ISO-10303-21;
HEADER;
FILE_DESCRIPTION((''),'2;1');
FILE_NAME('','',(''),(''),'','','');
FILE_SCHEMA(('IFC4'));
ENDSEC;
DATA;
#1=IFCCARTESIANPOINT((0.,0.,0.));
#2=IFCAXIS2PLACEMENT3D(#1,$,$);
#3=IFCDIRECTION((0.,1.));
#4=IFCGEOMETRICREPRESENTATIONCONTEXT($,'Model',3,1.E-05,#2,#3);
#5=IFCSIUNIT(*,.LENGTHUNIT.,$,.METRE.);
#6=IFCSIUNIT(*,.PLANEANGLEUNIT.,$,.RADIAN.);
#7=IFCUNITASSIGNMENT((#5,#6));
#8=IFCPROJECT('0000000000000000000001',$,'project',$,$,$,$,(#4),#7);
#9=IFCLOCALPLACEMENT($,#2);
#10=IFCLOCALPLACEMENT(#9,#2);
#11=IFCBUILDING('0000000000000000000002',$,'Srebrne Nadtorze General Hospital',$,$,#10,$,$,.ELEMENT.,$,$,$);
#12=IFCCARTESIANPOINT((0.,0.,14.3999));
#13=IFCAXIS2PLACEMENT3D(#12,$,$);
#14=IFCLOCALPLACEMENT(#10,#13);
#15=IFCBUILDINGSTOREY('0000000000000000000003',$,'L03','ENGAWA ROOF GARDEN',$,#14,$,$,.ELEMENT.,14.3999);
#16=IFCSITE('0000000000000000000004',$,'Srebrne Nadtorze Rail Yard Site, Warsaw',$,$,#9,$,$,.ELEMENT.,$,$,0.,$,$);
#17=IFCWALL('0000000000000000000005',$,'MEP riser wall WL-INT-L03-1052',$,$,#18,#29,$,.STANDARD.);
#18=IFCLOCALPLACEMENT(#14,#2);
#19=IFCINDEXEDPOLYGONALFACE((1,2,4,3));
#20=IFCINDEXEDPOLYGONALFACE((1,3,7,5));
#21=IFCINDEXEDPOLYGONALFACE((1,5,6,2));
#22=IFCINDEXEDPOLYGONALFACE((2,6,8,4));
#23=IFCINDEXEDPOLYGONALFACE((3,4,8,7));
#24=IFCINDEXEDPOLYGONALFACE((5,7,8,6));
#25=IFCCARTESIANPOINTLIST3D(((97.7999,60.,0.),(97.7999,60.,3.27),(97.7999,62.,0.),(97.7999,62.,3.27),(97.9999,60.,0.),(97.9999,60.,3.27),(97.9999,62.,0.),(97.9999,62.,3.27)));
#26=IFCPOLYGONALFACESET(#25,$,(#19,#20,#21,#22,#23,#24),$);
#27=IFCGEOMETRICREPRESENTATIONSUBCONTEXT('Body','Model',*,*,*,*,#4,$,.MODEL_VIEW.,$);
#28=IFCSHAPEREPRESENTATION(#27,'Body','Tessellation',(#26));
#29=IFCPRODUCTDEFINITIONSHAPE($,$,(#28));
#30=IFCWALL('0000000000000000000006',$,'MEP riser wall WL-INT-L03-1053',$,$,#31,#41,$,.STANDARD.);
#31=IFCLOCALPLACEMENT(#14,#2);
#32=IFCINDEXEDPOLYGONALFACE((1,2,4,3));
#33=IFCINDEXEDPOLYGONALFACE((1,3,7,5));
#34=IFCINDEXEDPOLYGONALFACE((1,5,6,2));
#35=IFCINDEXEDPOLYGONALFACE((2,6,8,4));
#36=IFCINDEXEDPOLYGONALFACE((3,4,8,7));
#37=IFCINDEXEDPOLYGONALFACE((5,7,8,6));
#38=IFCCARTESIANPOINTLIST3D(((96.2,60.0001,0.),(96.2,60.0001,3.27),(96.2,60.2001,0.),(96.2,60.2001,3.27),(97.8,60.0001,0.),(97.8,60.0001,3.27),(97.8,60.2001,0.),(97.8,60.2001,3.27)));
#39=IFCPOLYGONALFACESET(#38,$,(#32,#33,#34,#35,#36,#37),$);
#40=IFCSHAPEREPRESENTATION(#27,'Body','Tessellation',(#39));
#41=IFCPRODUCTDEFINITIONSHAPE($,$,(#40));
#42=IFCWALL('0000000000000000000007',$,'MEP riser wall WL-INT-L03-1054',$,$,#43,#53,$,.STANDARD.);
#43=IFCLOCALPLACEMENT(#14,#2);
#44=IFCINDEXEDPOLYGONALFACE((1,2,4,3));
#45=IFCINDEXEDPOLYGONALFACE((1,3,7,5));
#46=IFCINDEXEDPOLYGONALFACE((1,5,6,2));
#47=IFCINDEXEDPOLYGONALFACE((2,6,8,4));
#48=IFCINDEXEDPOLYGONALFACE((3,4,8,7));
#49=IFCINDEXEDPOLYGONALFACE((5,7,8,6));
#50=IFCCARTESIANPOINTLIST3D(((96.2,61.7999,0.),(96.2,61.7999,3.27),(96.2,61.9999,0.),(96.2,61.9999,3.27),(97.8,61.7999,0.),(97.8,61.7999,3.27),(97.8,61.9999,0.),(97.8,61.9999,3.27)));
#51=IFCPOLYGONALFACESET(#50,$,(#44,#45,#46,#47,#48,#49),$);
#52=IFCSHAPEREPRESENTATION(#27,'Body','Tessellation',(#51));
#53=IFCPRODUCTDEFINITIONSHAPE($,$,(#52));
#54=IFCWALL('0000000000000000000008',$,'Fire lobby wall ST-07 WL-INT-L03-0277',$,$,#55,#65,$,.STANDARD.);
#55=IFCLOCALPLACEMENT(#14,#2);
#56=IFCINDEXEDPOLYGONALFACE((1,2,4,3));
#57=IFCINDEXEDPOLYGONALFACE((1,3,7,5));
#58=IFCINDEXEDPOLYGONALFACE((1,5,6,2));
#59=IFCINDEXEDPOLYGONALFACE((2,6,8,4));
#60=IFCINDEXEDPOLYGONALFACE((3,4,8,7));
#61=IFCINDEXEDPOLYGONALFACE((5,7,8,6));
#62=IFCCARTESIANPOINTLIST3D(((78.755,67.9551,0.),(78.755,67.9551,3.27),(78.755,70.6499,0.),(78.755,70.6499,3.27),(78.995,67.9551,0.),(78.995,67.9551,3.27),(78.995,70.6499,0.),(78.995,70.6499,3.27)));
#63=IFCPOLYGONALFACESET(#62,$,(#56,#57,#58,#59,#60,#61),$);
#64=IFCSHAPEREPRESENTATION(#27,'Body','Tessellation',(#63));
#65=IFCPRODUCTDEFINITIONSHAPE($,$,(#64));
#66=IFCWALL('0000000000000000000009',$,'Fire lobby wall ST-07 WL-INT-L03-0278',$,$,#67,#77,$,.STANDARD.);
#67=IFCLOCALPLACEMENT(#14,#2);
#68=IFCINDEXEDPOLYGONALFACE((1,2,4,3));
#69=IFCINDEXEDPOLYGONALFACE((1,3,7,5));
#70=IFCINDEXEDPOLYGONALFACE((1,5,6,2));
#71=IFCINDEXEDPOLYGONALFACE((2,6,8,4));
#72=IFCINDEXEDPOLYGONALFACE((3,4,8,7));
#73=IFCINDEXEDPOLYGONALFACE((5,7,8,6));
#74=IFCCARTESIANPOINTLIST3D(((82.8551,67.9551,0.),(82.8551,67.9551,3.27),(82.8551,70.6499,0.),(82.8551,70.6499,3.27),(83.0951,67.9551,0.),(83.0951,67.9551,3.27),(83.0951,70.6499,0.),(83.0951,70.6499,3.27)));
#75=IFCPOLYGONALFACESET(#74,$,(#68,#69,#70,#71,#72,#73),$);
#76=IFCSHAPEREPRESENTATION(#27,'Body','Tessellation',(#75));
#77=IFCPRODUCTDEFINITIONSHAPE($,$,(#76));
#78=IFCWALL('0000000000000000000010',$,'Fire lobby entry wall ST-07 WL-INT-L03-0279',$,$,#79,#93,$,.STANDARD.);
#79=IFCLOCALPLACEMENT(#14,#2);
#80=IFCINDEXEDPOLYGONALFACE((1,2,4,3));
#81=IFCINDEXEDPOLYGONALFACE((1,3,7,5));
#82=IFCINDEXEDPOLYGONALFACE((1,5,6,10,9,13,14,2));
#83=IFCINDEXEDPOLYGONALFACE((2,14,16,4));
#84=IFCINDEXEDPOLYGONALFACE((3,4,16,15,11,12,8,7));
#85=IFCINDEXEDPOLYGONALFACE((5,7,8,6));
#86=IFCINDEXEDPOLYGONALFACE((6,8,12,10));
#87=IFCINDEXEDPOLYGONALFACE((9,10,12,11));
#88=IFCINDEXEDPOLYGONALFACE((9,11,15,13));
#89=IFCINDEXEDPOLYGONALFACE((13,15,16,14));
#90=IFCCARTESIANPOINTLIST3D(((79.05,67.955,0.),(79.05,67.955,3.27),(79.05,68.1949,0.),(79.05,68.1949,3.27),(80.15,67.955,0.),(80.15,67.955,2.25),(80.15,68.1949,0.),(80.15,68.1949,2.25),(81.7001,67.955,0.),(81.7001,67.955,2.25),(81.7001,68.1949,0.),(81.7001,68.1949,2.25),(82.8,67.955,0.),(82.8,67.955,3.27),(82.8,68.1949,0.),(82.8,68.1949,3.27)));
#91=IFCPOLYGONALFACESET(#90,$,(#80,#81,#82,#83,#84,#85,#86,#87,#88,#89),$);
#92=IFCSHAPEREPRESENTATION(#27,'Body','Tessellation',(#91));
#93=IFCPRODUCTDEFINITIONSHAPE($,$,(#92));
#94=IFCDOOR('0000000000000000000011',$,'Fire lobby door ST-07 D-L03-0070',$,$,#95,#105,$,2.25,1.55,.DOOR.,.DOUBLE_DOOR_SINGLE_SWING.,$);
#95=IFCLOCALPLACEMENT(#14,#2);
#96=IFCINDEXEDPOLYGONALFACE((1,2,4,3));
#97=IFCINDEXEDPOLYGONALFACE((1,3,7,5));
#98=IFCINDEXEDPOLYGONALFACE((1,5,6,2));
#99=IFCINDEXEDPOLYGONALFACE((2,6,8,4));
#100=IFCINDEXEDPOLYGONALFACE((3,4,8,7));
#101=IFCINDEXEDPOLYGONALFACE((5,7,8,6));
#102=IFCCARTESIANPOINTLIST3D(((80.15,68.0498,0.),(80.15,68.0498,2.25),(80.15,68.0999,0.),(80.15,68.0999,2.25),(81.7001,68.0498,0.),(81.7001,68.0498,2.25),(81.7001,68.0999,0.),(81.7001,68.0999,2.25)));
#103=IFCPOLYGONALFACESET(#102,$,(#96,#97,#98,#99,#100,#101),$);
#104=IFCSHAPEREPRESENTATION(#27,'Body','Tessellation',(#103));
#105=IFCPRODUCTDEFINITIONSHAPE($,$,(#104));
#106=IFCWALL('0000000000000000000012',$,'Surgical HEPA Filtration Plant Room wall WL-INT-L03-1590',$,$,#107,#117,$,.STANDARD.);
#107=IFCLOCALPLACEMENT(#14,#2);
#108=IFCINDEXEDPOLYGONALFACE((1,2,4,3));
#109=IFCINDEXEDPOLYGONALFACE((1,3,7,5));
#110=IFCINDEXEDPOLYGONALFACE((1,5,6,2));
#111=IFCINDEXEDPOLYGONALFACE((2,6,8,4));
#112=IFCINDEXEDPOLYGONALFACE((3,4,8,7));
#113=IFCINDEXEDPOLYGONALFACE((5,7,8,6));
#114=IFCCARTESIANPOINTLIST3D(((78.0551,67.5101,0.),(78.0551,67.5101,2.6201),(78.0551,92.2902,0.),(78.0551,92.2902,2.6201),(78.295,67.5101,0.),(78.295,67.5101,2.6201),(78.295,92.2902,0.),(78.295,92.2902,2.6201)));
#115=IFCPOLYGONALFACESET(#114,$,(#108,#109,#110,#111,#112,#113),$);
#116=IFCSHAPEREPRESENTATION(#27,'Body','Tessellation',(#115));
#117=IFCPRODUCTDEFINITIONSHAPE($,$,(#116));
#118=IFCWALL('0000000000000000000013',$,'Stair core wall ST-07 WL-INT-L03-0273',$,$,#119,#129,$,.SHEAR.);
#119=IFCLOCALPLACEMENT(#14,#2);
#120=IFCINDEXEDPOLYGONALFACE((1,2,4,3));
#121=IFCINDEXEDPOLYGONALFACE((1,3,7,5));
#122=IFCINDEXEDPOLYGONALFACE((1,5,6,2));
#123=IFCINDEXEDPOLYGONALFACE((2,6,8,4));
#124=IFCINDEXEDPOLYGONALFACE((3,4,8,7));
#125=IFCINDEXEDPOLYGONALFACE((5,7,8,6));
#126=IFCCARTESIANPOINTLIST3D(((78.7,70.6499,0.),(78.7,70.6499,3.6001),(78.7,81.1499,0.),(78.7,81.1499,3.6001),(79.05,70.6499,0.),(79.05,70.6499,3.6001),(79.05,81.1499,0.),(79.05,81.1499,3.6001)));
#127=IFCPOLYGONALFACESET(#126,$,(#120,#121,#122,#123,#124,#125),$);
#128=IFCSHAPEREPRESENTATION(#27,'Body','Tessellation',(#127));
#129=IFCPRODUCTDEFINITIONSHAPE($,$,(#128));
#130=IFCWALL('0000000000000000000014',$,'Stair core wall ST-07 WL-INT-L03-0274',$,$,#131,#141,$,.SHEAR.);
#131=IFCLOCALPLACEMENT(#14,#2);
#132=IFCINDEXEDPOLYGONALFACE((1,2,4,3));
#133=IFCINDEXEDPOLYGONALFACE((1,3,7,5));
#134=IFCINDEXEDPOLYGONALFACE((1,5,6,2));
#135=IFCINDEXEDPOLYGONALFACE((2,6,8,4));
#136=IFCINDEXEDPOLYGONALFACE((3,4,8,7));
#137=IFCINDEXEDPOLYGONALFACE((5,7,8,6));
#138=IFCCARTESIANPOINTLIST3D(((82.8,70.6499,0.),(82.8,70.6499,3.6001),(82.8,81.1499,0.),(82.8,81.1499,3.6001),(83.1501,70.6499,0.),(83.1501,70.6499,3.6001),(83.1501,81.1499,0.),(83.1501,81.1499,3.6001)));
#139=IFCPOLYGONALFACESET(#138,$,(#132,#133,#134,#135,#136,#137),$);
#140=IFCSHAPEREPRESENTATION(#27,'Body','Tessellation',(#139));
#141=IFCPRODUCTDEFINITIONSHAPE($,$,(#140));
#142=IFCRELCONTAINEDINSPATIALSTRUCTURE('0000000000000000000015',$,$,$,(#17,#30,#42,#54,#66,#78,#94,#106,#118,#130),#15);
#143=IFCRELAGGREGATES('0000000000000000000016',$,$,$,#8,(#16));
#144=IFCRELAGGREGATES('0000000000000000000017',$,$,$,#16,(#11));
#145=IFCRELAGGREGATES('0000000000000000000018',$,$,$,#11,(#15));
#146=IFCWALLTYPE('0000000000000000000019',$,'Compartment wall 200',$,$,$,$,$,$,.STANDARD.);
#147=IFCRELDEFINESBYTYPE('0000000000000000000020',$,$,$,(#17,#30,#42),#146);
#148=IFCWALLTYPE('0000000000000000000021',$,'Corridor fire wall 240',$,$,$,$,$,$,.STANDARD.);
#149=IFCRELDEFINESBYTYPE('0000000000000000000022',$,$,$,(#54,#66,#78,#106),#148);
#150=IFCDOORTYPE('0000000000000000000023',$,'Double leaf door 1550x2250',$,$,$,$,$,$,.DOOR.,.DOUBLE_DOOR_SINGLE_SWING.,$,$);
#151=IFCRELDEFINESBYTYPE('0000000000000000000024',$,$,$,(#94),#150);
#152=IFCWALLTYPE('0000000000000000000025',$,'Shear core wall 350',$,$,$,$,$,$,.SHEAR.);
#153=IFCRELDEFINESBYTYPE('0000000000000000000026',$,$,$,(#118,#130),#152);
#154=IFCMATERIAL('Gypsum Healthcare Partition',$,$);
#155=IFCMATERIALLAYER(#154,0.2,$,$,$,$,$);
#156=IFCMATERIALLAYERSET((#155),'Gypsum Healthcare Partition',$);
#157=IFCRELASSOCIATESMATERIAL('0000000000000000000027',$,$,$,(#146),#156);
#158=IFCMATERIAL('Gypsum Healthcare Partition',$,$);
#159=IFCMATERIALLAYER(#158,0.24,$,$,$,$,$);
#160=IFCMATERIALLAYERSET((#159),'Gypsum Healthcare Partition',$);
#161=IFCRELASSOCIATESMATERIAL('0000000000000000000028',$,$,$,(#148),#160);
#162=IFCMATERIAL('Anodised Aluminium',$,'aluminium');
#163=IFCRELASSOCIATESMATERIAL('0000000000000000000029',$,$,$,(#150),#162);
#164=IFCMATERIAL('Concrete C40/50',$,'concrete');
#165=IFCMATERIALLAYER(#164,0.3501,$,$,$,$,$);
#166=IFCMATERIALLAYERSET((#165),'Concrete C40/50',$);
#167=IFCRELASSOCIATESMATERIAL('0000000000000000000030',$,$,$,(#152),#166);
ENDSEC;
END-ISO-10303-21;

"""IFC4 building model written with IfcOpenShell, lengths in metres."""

from ifc_helpers import new_model, si_unit, direction, frame, frame_2d, origin, place, context, subcontext, project, spatial, rectangle, extrude, material, layer, layer_set, type_object, element, fill, save


model = new_model("IFC4")

# Units and contexts
model_context = context("Model", 3, precision=1e-05, world=origin(), true_north=direction((0.0, 1.0)))
body_context = subcontext(model_context, "Body", "Model", "MODEL_VIEW")
ifc_project = project(units=[si_unit("LENGTHUNIT", "METRE"), si_unit("PLANEANGLEUNIT", "RADIAN")], contexts=[model_context])

# Site, building, storey
site_placement = place(None, origin())
site = spatial("IfcSite", under=ifc_project, at=site_placement, Name="Srebrne Nadtorze Rail Yard Site, Warsaw", CompositionType="ELEMENT", RefElevation=0.0)
building_placement = place(site_placement, origin())
building = spatial("IfcBuilding", under=site, at=building_placement, Name="Srebrne Nadtorze General Hospital", CompositionType="ELEMENT")
storey_placement = place(building_placement, frame((0.0, 0.0, 14.3999)))
storey = spatial("IfcBuildingStorey", under=building, at=storey_placement, Name="L03", Description="ENGAWA ROOF GARDEN", CompositionType="ELEMENT", Elevation=14.3999)

# Walls
ifc_material_1 = material(Name="Gypsum Healthcare Partition")
ifc_layer_1 = layer(ifc_material_1, 0.2)
ifc_layer_set_1 = layer_set([ifc_layer_1], Name="Gypsum Healthcare Partition")
wall_type_1 = type_object("IfcWallType", Name="Compartment wall 200", PredefinedType="STANDARD", material=ifc_layer_set_1)
for number, where, z_axis, x_axis, name in (
    (1, (97.8999, 60.0, 0.0), (0.0, 0.0, 1.0), (0.0, 1.0, 0.0), "MEP riser wall WL-INT-L03-1052"),
):
    element("IfcWall", number, at=place(storey_placement, frame(where, z_axis=z_axis, x_axis=x_axis)), inside=storey, type_object=wall_type_1, Name=name, PredefinedType="STANDARD", context=body_context, shape_type="SweptSolid", body=[
        extrude(rectangle(XDim=2.0, YDim=0.2, at=frame_2d((1.0, 0.0))), origin(), (0.0, 0.0, 1.0), 3.27),
    ])
for number, where, z_axis, x_axis, name in (
    (2, (96.2, 60.1001, 0.0), (0.0, 0.0, 1.0), (1.0, 0.0, 0.0), "MEP riser wall WL-INT-L03-1053"),
    (3, (96.2, 61.8999, 0.0), (0.0, 0.0, 1.0), (1.0, 0.0, 0.0), "MEP riser wall WL-INT-L03-1054"),
):
    element("IfcWall", number, at=place(storey_placement, frame(where, z_axis=z_axis, x_axis=x_axis)), inside=storey, type_object=wall_type_1, Name=name, PredefinedType="STANDARD", context=body_context, shape_type="SweptSolid", body=[
        extrude(rectangle(XDim=1.6001, YDim=0.2, at=frame_2d((0.8, 0.0))), origin(), (0.0, 0.0, 1.0), 3.27),
    ])
ifc_material_2 = material(Name="Gypsum Healthcare Partition")
ifc_layer_2 = layer(ifc_material_2, 0.24)
ifc_layer_set_2 = layer_set([ifc_layer_2], Name="Gypsum Healthcare Partition")
wall_type_2 = type_object("IfcWallType", Name="Corridor fire wall 240", PredefinedType="STANDARD", material=ifc_layer_set_2)
for number, where, z_axis, x_axis, name in (
    (4, (78.875, 67.9551, 0.0), (0.0, 0.0, 1.0), (0.0, 1.0, 0.0), "Fire lobby wall ST-07 WL-INT-L03-0277"),
    (5, (82.9751, 67.9551, 0.0), (0.0, 0.0, 1.0), (0.0, 1.0, 0.0), "Fire lobby wall ST-07 WL-INT-L03-0278"),
):
    element("IfcWall", number, at=place(storey_placement, frame(where, z_axis=z_axis, x_axis=x_axis)), inside=storey, type_object=wall_type_2, Name=name, PredefinedType="STANDARD", context=body_context, shape_type="SweptSolid", body=[
        extrude(rectangle(XDim=2.6948, YDim=0.24, at=frame_2d((1.3474, 0.0))), origin(), (0.0, 0.0, 1.0), 3.27),
    ])

# Wall, opening, door
wall_1_placement = place(storey_placement, frame((79.05, 68.075, 0.0), z_axis=(0.0, 0.0, 1.0), x_axis=(1.0, 0.0, 0.0)))
wall_1 = element("IfcWall", 6, at=wall_1_placement, inside=storey, type_object=wall_type_2, Name="Fire lobby entry wall ST-07 WL-INT-L03-0279", PredefinedType="STANDARD", context=body_context, shape_type="SweptSolid", body=[
    extrude(rectangle(XDim=3.75, YDim=0.24, at=frame_2d((1.875, 0.0))), origin(), (0.0, 0.0, 1.0), 3.27),
])
opening_1_placement = place(wall_1_placement, frame((1.1001, 0.0, 0.0)))
opening_1 = element("IfcOpeningElement", 7, at=opening_1_placement, cuts=wall_1, PredefinedType="OPENING", context=body_context, shape_type="SweptSolid", body=[
    extrude(rectangle(XDim=1.55, YDim=2.25, at=frame_2d((0.7749, 1.125))), frame((0.0, 0.1318, 0.0), z_axis=(0.0, -1.0, 0.0), x_axis=(1.0, 0.0, 0.0)), (0.0, 0.0, 1.0), 0.2639),
])
ifc_material_3 = material(Name="Anodised Aluminium", Category="aluminium")
door_type_1 = type_object("IfcDoorType", Name="Double leaf door 1550x2250", OperationType="DOUBLE_DOOR_SINGLE_SWING", PredefinedType="DOOR", material=ifc_material_3)
door_1_placement = place(opening_1_placement, origin())
door_1 = element("IfcDoor", 8, at=door_1_placement, inside=storey, type_object=door_type_1, Name="Fire lobby door ST-07 D-L03-0070", OperationType="DOUBLE_DOOR_SINGLE_SWING", OverallHeight=2.25, OverallWidth=1.55, PredefinedType="DOOR", context=body_context, shape_type="SweptSolid", body=[
    extrude(rectangle(XDim=1.55, YDim=2.25, at=frame_2d((0.7749, 1.125))), frame((0.0, 0.0249, 0.0), z_axis=(0.0, -1.0, 0.0), x_axis=(1.0, 0.0, 0.0)), (0.0, 0.0, 1.0), 0.05),
])
fill(opening_1, door_1)

# Walls
wall_2_placement = place(storey_placement, frame((78.175, 67.51, 0.0), z_axis=(0.0, 0.0, 1.0), x_axis=(0.0, 1.0, 0.0)))
element("IfcWall", 9, at=wall_2_placement, inside=storey, type_object=wall_type_2, Name="Surgical HEPA Filtration Plant Room wall WL-INT-L03-1590", PredefinedType="STANDARD", context=body_context, shape_type="SweptSolid", body=[
    extrude(rectangle(XDim=24.78, YDim=0.24, at=frame_2d((12.3901, 0.0))), origin(), (0.0, 0.0, 1.0), 2.6201),
])
ifc_material_4 = material(Name="Concrete C40/50", Category="concrete")
ifc_layer_3 = layer(ifc_material_4, 0.3501)
ifc_layer_set_3 = layer_set([ifc_layer_3], Name="Concrete C40/50")
wall_type_3 = type_object("IfcWallType", Name="Shear core wall 350", PredefinedType="SHEAR", material=ifc_layer_set_3)
for number, where, z_axis, x_axis, name in (
    (10, (78.875, 70.6499, 0.0), (0.0, 0.0, 1.0), (0.0, 1.0, 0.0), "Stair core wall ST-07 WL-INT-L03-0273"),
    (11, (82.9751, 70.6499, 0.0), (0.0, 0.0, 1.0), (0.0, 1.0, 0.0), "Stair core wall ST-07 WL-INT-L03-0274"),
):
    element("IfcWall", number, at=place(storey_placement, frame(where, z_axis=z_axis, x_axis=x_axis)), inside=storey, type_object=wall_type_3, Name=name, PredefinedType="SHEAR", context=body_context, shape_type="SweptSolid", body=[
        extrude(rectangle(XDim=10.5, YDim=0.3501, at=frame_2d((5.25, 0.0))), origin(), (0.0, 0.0, 1.0), 3.6001),
    ])

save(model, "model.ifc")
